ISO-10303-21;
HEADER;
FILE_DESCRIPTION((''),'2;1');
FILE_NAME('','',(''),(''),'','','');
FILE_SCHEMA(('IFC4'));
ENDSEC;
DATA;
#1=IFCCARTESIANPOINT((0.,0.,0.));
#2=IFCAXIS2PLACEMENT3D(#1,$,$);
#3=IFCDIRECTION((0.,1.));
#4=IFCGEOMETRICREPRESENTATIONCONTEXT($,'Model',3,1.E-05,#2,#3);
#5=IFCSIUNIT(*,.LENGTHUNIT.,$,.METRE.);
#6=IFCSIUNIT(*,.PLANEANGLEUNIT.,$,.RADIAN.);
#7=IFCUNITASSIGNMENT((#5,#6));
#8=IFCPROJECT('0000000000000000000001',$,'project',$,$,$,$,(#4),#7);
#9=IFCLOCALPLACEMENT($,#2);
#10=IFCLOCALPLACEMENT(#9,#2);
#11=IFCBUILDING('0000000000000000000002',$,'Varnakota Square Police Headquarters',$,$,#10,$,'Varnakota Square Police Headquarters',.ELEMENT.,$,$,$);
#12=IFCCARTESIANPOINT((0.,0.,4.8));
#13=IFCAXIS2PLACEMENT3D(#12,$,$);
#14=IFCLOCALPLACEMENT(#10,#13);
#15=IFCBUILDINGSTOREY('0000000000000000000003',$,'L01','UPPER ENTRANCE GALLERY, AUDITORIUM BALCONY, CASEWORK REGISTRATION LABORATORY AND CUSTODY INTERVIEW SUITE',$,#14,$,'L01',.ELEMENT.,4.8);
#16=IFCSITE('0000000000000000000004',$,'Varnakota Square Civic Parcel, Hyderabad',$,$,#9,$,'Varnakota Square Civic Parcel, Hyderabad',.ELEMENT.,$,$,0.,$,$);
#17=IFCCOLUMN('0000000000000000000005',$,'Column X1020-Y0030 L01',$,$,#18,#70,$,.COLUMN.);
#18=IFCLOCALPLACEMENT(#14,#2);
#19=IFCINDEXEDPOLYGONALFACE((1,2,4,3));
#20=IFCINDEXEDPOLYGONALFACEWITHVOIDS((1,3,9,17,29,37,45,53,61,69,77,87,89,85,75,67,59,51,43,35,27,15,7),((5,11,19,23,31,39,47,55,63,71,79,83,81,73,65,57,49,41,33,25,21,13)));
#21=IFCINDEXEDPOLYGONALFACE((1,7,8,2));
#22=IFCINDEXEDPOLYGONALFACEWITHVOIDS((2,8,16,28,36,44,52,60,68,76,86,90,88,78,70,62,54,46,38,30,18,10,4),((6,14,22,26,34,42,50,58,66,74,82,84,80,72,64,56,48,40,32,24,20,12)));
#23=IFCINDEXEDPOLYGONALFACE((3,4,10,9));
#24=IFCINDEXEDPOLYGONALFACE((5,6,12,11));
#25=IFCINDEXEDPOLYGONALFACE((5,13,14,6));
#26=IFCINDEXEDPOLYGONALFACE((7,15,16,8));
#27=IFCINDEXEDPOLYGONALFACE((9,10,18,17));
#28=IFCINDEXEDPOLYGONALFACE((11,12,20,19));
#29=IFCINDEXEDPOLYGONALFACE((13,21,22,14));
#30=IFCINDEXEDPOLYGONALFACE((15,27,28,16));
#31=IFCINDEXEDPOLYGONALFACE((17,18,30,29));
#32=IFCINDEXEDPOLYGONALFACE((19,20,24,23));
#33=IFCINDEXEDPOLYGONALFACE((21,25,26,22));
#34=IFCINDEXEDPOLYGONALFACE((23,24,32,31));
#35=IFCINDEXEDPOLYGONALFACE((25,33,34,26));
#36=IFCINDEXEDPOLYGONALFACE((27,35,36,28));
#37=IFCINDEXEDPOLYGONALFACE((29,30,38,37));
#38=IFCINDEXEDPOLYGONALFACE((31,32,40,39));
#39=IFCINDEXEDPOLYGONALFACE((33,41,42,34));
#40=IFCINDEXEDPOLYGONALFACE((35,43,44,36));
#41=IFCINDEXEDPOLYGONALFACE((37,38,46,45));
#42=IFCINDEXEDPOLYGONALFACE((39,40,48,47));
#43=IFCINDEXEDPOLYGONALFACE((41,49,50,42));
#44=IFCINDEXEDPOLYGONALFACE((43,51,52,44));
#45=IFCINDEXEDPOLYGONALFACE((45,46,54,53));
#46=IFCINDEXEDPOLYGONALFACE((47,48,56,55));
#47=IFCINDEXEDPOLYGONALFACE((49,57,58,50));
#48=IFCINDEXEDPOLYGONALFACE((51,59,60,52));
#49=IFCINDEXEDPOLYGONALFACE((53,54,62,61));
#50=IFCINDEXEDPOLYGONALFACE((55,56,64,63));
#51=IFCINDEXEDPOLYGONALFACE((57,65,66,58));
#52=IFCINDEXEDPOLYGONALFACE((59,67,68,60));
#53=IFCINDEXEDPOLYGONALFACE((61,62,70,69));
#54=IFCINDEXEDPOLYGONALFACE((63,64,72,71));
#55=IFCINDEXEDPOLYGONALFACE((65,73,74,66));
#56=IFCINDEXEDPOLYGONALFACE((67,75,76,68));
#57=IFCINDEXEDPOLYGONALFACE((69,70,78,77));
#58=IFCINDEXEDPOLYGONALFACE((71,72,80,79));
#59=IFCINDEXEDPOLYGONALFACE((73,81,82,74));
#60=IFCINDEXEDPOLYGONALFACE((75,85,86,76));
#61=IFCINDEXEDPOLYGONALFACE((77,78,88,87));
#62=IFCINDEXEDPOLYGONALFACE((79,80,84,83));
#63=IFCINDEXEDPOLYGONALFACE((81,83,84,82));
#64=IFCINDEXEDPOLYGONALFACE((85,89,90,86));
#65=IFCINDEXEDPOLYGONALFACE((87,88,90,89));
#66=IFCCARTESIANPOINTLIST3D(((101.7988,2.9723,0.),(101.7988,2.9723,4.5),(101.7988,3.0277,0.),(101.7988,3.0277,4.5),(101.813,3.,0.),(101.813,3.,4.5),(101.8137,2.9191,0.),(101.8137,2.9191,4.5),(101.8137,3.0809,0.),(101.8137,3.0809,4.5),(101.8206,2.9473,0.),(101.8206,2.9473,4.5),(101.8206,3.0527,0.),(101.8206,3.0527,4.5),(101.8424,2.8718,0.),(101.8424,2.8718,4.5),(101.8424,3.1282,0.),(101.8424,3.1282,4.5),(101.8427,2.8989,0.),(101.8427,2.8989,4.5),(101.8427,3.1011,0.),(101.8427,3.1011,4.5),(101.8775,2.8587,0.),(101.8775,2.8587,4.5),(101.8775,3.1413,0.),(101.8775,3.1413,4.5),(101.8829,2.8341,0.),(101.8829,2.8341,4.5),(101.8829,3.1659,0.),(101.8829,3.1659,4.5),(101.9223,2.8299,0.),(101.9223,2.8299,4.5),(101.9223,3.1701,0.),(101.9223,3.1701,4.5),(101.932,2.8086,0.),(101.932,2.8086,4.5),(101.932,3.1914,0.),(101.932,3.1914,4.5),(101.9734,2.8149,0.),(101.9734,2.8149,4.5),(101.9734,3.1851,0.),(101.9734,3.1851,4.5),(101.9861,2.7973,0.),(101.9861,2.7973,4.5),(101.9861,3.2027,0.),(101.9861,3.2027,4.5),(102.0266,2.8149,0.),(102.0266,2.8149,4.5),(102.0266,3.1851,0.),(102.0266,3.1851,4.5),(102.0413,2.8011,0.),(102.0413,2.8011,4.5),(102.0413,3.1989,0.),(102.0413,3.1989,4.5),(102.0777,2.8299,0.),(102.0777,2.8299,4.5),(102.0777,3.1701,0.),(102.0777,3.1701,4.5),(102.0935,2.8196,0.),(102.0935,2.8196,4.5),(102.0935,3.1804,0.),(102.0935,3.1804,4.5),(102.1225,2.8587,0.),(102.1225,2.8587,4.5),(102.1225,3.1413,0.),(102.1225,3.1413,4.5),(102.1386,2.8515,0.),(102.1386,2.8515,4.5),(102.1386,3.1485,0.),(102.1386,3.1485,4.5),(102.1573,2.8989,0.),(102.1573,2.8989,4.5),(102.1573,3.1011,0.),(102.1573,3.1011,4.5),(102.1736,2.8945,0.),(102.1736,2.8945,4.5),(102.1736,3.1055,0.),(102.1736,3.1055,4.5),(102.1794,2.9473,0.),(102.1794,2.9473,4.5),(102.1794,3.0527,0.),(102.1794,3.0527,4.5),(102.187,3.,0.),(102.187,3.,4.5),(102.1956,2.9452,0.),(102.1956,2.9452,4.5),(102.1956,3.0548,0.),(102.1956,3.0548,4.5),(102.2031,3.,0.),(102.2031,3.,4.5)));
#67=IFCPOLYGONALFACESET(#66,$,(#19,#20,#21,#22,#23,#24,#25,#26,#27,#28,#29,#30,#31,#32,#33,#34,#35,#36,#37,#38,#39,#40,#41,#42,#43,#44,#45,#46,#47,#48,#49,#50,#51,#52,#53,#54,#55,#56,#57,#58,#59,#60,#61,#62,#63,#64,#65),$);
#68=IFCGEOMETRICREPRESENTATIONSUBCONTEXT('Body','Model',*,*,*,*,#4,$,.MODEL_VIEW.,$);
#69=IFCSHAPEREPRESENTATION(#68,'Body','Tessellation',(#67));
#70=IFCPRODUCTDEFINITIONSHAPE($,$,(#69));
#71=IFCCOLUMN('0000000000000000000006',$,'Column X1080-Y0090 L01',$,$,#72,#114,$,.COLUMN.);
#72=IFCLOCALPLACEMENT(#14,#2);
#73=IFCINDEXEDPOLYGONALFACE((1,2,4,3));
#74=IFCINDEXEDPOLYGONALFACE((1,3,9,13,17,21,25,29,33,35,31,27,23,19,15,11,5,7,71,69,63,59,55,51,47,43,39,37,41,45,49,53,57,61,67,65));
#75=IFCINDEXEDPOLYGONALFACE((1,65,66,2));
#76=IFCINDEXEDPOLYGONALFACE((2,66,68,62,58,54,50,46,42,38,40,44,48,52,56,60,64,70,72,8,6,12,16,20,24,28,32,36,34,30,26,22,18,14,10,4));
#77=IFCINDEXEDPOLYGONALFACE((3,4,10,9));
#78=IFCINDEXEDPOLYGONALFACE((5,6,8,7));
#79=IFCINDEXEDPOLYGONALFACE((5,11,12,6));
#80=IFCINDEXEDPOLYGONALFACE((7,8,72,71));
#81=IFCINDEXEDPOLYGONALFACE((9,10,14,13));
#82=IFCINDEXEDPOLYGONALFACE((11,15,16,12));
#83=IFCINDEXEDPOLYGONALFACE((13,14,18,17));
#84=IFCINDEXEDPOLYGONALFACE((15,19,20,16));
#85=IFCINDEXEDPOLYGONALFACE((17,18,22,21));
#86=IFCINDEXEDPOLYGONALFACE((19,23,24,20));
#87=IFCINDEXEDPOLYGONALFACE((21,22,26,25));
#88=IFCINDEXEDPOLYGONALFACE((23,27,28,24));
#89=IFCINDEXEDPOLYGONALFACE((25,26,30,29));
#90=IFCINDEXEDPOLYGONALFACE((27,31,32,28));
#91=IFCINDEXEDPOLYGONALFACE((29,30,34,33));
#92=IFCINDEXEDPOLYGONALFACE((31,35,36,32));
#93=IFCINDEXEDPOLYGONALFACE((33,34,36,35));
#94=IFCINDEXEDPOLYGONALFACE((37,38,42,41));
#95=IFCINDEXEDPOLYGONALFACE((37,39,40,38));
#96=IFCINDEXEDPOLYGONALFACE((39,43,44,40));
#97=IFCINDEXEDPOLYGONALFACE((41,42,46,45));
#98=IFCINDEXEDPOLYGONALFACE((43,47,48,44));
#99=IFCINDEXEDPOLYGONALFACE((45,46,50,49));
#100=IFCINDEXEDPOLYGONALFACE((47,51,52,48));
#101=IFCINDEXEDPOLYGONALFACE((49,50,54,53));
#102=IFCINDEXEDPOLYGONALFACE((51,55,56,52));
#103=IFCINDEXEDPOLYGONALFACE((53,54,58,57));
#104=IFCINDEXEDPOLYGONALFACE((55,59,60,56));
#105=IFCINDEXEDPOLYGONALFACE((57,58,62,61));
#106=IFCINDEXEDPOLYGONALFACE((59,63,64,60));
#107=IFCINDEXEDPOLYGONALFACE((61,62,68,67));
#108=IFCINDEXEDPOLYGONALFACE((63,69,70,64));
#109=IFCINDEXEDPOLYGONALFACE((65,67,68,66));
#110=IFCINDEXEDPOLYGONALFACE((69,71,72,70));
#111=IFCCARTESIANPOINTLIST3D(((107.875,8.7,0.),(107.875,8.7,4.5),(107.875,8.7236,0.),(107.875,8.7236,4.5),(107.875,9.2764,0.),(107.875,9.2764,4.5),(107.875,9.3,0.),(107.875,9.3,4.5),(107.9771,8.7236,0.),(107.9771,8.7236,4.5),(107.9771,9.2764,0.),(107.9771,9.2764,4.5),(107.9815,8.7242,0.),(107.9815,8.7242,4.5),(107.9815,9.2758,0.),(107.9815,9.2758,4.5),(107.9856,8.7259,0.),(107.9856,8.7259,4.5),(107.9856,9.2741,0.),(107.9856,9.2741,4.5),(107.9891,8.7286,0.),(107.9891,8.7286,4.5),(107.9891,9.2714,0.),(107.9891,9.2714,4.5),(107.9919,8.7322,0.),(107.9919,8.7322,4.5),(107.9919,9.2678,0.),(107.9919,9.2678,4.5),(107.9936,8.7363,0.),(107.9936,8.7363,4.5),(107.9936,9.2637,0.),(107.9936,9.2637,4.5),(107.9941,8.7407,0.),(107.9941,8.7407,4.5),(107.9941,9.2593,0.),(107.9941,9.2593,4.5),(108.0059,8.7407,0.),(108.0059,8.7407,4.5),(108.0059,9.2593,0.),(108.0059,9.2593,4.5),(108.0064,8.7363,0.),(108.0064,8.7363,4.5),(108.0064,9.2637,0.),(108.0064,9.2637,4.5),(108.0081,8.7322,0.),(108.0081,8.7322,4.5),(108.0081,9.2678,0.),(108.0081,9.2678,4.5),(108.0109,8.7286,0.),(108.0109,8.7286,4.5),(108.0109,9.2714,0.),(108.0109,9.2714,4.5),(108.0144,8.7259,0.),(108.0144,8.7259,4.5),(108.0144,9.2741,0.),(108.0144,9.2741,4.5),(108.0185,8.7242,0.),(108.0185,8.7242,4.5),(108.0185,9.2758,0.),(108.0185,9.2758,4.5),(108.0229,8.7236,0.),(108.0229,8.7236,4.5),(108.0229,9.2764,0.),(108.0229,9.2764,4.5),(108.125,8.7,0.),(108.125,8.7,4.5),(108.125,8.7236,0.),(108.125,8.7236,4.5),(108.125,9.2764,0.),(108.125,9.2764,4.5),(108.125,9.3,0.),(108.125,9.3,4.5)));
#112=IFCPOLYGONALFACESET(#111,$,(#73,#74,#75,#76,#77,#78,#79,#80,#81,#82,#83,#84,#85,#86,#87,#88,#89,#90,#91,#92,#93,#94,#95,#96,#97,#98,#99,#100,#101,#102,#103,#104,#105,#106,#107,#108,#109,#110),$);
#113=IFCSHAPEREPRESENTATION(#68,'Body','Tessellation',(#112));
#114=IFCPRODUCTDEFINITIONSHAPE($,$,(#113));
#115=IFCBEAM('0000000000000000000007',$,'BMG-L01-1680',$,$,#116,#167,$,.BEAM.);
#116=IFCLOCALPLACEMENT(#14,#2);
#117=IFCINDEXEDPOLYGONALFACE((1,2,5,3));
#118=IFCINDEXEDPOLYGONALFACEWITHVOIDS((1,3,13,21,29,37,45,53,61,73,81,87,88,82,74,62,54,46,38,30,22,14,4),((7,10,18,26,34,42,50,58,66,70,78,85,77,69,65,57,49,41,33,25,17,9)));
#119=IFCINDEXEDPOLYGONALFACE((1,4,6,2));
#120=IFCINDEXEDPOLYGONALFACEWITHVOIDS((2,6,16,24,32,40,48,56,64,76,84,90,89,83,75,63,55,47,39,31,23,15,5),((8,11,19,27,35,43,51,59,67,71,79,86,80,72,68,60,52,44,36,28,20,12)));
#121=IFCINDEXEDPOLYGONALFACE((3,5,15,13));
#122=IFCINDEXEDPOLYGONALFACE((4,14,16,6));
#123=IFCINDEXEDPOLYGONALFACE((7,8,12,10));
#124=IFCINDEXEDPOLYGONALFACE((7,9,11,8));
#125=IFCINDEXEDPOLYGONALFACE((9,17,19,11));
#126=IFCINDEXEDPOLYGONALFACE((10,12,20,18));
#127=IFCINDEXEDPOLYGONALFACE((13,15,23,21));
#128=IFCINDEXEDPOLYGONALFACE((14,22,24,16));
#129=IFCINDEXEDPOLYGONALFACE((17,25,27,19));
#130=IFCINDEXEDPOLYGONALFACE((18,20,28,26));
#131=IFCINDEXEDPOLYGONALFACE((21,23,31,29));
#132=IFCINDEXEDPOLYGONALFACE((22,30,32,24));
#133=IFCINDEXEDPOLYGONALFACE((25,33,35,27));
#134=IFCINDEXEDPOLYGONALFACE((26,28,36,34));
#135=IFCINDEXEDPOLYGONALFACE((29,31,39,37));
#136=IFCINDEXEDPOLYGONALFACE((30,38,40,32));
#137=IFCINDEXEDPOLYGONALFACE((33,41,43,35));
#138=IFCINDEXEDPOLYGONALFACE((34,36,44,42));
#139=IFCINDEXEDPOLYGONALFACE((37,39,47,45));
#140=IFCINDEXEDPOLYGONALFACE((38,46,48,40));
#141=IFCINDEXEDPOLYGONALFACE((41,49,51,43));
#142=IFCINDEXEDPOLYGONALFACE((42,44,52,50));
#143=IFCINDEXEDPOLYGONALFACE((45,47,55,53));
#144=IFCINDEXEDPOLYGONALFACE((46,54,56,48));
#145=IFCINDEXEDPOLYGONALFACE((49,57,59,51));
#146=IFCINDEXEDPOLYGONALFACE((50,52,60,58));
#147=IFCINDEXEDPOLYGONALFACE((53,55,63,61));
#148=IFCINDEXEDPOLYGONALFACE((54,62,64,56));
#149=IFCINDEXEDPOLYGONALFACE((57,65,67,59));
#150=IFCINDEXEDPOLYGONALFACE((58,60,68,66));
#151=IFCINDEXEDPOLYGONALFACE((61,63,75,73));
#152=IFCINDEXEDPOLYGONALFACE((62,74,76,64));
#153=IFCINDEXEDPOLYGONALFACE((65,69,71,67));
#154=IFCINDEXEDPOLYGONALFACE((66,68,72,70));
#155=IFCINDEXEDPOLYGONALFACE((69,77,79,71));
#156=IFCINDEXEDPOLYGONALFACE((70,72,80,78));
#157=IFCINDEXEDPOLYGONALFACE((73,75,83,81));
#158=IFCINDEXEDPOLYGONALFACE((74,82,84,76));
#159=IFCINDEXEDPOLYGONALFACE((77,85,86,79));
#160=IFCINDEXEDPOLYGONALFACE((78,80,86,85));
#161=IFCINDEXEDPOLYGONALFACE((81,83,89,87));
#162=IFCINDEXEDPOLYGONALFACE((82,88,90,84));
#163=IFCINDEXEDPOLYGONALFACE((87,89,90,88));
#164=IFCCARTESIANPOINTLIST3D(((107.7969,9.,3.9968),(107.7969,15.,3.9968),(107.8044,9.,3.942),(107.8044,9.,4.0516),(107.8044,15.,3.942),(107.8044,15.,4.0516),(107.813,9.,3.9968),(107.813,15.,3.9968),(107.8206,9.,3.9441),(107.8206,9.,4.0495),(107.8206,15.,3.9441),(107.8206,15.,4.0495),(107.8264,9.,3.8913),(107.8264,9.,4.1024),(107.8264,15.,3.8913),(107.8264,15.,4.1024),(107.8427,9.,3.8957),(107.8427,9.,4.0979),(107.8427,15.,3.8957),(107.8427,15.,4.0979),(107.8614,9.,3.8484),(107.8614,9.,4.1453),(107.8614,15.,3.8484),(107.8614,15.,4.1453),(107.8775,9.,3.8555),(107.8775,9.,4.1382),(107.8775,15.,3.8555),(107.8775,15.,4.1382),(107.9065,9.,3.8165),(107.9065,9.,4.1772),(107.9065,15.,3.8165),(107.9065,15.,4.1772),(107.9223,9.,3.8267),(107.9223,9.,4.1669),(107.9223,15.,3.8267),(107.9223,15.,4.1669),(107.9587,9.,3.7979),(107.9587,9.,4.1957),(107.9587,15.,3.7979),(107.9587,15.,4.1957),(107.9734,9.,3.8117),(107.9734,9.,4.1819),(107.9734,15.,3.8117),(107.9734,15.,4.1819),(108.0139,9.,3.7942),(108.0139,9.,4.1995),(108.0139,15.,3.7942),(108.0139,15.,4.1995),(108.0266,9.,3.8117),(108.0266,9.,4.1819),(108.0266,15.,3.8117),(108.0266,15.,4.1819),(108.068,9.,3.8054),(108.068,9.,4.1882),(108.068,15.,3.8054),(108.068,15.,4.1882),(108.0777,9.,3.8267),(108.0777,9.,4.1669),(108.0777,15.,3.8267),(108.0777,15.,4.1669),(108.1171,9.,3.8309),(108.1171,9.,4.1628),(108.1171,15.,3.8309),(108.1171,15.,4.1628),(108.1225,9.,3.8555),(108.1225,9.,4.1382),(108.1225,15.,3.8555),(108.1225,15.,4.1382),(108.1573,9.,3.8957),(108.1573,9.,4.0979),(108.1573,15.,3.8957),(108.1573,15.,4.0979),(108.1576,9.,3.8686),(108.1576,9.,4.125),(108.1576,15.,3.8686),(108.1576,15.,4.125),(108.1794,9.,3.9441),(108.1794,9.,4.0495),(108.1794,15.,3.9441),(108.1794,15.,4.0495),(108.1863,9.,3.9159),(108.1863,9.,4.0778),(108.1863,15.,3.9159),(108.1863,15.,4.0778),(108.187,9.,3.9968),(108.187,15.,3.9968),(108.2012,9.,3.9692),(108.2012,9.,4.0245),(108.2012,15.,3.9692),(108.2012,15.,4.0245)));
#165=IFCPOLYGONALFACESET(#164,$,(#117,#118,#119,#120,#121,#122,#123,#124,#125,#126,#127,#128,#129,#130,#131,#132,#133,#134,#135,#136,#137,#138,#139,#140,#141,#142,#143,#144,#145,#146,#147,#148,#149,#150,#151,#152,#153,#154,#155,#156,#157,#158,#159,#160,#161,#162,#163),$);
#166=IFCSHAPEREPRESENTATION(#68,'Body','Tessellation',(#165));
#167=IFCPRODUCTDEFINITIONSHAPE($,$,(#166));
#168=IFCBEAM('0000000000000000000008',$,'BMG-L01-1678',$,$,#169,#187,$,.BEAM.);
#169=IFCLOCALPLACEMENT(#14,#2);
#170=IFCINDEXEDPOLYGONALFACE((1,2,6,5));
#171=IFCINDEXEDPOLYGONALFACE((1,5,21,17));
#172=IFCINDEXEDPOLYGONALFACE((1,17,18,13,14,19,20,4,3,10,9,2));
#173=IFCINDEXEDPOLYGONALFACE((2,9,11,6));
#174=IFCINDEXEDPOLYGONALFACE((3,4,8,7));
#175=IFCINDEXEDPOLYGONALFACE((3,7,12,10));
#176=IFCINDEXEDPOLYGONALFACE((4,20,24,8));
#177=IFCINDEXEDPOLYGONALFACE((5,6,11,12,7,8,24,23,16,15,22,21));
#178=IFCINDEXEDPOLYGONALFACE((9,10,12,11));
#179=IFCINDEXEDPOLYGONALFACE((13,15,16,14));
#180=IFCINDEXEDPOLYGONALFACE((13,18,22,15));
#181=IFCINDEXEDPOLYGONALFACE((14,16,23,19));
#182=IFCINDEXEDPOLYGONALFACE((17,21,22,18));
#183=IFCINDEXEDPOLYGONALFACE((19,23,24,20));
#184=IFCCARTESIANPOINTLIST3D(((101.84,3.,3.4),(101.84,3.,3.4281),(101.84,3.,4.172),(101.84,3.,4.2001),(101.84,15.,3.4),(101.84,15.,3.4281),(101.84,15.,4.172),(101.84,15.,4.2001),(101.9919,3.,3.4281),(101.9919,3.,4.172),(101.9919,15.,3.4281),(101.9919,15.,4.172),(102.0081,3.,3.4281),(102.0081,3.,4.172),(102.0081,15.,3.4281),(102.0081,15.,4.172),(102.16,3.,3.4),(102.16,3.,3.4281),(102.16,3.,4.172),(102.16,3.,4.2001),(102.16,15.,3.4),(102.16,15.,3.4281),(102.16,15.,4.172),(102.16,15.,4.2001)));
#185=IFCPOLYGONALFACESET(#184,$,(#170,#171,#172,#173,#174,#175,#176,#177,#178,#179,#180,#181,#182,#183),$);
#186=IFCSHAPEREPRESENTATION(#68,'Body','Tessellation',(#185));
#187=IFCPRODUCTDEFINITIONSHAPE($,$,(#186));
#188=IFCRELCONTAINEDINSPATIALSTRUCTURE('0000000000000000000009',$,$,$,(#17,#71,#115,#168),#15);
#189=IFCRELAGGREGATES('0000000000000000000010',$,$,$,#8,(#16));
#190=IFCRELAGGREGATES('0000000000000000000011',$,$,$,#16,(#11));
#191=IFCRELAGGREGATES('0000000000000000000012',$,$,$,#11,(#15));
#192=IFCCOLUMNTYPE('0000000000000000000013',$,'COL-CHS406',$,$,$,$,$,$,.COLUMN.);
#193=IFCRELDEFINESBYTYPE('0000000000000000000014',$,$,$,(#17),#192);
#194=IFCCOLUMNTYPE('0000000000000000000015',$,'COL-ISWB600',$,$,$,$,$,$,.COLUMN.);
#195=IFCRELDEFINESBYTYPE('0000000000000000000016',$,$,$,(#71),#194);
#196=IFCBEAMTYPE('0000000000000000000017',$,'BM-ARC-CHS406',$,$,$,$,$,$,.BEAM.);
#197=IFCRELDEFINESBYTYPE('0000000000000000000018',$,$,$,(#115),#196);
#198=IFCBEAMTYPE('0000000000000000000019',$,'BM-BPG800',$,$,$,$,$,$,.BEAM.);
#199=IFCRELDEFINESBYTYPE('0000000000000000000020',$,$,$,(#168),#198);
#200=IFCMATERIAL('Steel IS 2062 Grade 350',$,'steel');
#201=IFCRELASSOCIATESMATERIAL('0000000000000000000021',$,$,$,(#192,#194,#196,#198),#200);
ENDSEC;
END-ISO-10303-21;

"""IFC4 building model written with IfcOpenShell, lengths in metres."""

from ifc_helpers import new_model, si_unit, direction, frame, origin, origin_2d, place, context, subcontext, project, spatial, hollow_circle, i_section, extrude, material, material_profile, profile_set, type_object, element, save


model = new_model("IFC4")

# Units and contexts
model_context = context("Model", 3, precision=1e-05, world=origin(), true_north=direction((0.0, 1.0)))
body_context = subcontext(model_context, "Body", "Model", "MODEL_VIEW")
ifc_project = project(units=[si_unit("LENGTHUNIT", "METRE"), si_unit("PLANEANGLEUNIT", "RADIAN")], contexts=[model_context])

# Site, building, storey
site_placement = place(None, origin())
site = spatial("IfcSite", under=ifc_project, at=site_placement, Name="Varnakota Square Civic Parcel, Hyderabad", LongName="Varnakota Square Civic Parcel, Hyderabad", CompositionType="ELEMENT", RefElevation=0.0)
building_placement = place(site_placement, origin())
building = spatial("IfcBuilding", under=site, at=building_placement, Name="Varnakota Square Police Headquarters", LongName="Varnakota Square Police Headquarters", CompositionType="ELEMENT")
storey_placement = place(building_placement, frame((0.0, 0.0, 4.8)))
storey = spatial("IfcBuildingStorey", under=building, at=storey_placement, Name="L01", Description="UPPER ENTRANCE GALLERY, AUDITORIUM BALCONY, CASEWORK REGISTRATION LABORATORY AND CUSTODY INTERVIEW SUITE", LongName="L01", CompositionType="ELEMENT", Elevation=4.8)

# Columns
ifc_material_1 = material(Name="Steel IS 2062 Grade 350", Category="steel")
ifc_material_profile_1 = material_profile(ifc_material_1, hollow_circle(Radius=0.2031, WallThickness=0.0161, at=origin_2d()), Name="CHS 406.4x16.0")
ifc_profile_set_1 = profile_set([ifc_material_profile_1], Name="Steel IS 2062 Grade 350")
column_type_1 = type_object("IfcColumnType", Name="COL-CHS406", PredefinedType="COLUMN", material=ifc_profile_set_1)
column_1_placement = place(storey_placement, frame((102.0, 3.0, 0.0), z_axis=(0.0, 0.0, 1.0), x_axis=(1.0, 0.0, 0.0)))
element("IfcColumn", 1, at=column_1_placement, inside=storey, type_object=column_type_1, Name="Column X1020-Y0030 L01", PredefinedType="COLUMN", context=body_context, shape_type="SweptSolid", body=[
    extrude(hollow_circle(Radius=0.2031, WallThickness=0.0161, at=origin_2d()), origin(), (0.0, 0.0, 1.0), 4.5),
])
ifc_material_profile_2 = material_profile(ifc_material_1, i_section(OverallWidth=0.25, OverallDepth=0.6001, WebThickness=0.0117, FlangeThickness=0.0237, FilletRadius=0.0171, at=origin_2d()), Name="ISWB 600")
ifc_profile_set_2 = profile_set([ifc_material_profile_2], Name="Steel IS 2062 Grade 350")
column_type_2 = type_object("IfcColumnType", Name="COL-ISWB600", PredefinedType="COLUMN", material=ifc_profile_set_2)
column_2_placement = place(storey_placement, frame((108.0, 9.0, 0.0), z_axis=(0.0, 0.0, 1.0), x_axis=(1.0, 0.0, 0.0)))
element("IfcColumn", 2, at=column_2_placement, inside=storey, type_object=column_type_2, Name="Column X1080-Y0090 L01", PredefinedType="COLUMN", context=body_context, shape_type="SweptSolid", body=[
    extrude(i_section(OverallWidth=0.25, OverallDepth=0.6001, WebThickness=0.0117, FlangeThickness=0.0237, FilletRadius=0.0171, at=origin_2d()), origin(), (0.0, 0.0, 1.0), 4.5),
])

# Beams
ifc_material_profile_3 = material_profile(ifc_material_1, hollow_circle(Radius=0.2031, WallThickness=0.0161, at=origin_2d()), Name="CHS 406.4x16.0")
ifc_profile_set_3 = profile_set([ifc_material_profile_3], Name="Steel IS 2062 Grade 350")
beam_type_1 = type_object("IfcBeamType", Name="BM-ARC-CHS406", PredefinedType="BEAM", material=ifc_profile_set_3)
beam_1_placement = place(storey_placement, frame((108.0, 9.0, 3.9968), z_axis=(0.0, 1.0, 0.0), x_axis=(-1.0, 0.0, 0.0)))
element("IfcBeam", 3, at=beam_1_placement, inside=storey, type_object=beam_type_1, Name="BMG-L01-1680", PredefinedType="BEAM", context=body_context, shape_type="SweptSolid", body=[
    extrude(hollow_circle(Radius=0.2031, WallThickness=0.0161, at=origin_2d()), origin(), (0.0, 0.0, 1.0), 6.0),
])
ifc_material_profile_4 = material_profile(ifc_material_1, i_section(OverallWidth=0.3201, OverallDepth=0.8, WebThickness=0.0161, FlangeThickness=0.0281, at=origin_2d()), Name="BPG 800x320")
ifc_profile_set_4 = profile_set([ifc_material_profile_4], Name="Steel IS 2062 Grade 350")
beam_type_2 = type_object("IfcBeamType", Name="BM-BPG800", PredefinedType="BEAM", material=ifc_profile_set_4)
beam_2_placement = place(storey_placement, frame((102.0, 3.0, 3.8), z_axis=(0.0, 1.0, 0.0), x_axis=(-1.0, 0.0, 0.0)))
element("IfcBeam", 4, at=beam_2_placement, inside=storey, type_object=beam_type_2, Name="BMG-L01-1678", PredefinedType="BEAM", context=body_context, shape_type="SweptSolid", body=[
    extrude(i_section(OverallWidth=0.3201, OverallDepth=0.8, WebThickness=0.0161, FlangeThickness=0.0281, at=origin_2d()), origin(), (0.0, 0.0, 1.0), 12.0),
])

save(model, "model.ifc")
